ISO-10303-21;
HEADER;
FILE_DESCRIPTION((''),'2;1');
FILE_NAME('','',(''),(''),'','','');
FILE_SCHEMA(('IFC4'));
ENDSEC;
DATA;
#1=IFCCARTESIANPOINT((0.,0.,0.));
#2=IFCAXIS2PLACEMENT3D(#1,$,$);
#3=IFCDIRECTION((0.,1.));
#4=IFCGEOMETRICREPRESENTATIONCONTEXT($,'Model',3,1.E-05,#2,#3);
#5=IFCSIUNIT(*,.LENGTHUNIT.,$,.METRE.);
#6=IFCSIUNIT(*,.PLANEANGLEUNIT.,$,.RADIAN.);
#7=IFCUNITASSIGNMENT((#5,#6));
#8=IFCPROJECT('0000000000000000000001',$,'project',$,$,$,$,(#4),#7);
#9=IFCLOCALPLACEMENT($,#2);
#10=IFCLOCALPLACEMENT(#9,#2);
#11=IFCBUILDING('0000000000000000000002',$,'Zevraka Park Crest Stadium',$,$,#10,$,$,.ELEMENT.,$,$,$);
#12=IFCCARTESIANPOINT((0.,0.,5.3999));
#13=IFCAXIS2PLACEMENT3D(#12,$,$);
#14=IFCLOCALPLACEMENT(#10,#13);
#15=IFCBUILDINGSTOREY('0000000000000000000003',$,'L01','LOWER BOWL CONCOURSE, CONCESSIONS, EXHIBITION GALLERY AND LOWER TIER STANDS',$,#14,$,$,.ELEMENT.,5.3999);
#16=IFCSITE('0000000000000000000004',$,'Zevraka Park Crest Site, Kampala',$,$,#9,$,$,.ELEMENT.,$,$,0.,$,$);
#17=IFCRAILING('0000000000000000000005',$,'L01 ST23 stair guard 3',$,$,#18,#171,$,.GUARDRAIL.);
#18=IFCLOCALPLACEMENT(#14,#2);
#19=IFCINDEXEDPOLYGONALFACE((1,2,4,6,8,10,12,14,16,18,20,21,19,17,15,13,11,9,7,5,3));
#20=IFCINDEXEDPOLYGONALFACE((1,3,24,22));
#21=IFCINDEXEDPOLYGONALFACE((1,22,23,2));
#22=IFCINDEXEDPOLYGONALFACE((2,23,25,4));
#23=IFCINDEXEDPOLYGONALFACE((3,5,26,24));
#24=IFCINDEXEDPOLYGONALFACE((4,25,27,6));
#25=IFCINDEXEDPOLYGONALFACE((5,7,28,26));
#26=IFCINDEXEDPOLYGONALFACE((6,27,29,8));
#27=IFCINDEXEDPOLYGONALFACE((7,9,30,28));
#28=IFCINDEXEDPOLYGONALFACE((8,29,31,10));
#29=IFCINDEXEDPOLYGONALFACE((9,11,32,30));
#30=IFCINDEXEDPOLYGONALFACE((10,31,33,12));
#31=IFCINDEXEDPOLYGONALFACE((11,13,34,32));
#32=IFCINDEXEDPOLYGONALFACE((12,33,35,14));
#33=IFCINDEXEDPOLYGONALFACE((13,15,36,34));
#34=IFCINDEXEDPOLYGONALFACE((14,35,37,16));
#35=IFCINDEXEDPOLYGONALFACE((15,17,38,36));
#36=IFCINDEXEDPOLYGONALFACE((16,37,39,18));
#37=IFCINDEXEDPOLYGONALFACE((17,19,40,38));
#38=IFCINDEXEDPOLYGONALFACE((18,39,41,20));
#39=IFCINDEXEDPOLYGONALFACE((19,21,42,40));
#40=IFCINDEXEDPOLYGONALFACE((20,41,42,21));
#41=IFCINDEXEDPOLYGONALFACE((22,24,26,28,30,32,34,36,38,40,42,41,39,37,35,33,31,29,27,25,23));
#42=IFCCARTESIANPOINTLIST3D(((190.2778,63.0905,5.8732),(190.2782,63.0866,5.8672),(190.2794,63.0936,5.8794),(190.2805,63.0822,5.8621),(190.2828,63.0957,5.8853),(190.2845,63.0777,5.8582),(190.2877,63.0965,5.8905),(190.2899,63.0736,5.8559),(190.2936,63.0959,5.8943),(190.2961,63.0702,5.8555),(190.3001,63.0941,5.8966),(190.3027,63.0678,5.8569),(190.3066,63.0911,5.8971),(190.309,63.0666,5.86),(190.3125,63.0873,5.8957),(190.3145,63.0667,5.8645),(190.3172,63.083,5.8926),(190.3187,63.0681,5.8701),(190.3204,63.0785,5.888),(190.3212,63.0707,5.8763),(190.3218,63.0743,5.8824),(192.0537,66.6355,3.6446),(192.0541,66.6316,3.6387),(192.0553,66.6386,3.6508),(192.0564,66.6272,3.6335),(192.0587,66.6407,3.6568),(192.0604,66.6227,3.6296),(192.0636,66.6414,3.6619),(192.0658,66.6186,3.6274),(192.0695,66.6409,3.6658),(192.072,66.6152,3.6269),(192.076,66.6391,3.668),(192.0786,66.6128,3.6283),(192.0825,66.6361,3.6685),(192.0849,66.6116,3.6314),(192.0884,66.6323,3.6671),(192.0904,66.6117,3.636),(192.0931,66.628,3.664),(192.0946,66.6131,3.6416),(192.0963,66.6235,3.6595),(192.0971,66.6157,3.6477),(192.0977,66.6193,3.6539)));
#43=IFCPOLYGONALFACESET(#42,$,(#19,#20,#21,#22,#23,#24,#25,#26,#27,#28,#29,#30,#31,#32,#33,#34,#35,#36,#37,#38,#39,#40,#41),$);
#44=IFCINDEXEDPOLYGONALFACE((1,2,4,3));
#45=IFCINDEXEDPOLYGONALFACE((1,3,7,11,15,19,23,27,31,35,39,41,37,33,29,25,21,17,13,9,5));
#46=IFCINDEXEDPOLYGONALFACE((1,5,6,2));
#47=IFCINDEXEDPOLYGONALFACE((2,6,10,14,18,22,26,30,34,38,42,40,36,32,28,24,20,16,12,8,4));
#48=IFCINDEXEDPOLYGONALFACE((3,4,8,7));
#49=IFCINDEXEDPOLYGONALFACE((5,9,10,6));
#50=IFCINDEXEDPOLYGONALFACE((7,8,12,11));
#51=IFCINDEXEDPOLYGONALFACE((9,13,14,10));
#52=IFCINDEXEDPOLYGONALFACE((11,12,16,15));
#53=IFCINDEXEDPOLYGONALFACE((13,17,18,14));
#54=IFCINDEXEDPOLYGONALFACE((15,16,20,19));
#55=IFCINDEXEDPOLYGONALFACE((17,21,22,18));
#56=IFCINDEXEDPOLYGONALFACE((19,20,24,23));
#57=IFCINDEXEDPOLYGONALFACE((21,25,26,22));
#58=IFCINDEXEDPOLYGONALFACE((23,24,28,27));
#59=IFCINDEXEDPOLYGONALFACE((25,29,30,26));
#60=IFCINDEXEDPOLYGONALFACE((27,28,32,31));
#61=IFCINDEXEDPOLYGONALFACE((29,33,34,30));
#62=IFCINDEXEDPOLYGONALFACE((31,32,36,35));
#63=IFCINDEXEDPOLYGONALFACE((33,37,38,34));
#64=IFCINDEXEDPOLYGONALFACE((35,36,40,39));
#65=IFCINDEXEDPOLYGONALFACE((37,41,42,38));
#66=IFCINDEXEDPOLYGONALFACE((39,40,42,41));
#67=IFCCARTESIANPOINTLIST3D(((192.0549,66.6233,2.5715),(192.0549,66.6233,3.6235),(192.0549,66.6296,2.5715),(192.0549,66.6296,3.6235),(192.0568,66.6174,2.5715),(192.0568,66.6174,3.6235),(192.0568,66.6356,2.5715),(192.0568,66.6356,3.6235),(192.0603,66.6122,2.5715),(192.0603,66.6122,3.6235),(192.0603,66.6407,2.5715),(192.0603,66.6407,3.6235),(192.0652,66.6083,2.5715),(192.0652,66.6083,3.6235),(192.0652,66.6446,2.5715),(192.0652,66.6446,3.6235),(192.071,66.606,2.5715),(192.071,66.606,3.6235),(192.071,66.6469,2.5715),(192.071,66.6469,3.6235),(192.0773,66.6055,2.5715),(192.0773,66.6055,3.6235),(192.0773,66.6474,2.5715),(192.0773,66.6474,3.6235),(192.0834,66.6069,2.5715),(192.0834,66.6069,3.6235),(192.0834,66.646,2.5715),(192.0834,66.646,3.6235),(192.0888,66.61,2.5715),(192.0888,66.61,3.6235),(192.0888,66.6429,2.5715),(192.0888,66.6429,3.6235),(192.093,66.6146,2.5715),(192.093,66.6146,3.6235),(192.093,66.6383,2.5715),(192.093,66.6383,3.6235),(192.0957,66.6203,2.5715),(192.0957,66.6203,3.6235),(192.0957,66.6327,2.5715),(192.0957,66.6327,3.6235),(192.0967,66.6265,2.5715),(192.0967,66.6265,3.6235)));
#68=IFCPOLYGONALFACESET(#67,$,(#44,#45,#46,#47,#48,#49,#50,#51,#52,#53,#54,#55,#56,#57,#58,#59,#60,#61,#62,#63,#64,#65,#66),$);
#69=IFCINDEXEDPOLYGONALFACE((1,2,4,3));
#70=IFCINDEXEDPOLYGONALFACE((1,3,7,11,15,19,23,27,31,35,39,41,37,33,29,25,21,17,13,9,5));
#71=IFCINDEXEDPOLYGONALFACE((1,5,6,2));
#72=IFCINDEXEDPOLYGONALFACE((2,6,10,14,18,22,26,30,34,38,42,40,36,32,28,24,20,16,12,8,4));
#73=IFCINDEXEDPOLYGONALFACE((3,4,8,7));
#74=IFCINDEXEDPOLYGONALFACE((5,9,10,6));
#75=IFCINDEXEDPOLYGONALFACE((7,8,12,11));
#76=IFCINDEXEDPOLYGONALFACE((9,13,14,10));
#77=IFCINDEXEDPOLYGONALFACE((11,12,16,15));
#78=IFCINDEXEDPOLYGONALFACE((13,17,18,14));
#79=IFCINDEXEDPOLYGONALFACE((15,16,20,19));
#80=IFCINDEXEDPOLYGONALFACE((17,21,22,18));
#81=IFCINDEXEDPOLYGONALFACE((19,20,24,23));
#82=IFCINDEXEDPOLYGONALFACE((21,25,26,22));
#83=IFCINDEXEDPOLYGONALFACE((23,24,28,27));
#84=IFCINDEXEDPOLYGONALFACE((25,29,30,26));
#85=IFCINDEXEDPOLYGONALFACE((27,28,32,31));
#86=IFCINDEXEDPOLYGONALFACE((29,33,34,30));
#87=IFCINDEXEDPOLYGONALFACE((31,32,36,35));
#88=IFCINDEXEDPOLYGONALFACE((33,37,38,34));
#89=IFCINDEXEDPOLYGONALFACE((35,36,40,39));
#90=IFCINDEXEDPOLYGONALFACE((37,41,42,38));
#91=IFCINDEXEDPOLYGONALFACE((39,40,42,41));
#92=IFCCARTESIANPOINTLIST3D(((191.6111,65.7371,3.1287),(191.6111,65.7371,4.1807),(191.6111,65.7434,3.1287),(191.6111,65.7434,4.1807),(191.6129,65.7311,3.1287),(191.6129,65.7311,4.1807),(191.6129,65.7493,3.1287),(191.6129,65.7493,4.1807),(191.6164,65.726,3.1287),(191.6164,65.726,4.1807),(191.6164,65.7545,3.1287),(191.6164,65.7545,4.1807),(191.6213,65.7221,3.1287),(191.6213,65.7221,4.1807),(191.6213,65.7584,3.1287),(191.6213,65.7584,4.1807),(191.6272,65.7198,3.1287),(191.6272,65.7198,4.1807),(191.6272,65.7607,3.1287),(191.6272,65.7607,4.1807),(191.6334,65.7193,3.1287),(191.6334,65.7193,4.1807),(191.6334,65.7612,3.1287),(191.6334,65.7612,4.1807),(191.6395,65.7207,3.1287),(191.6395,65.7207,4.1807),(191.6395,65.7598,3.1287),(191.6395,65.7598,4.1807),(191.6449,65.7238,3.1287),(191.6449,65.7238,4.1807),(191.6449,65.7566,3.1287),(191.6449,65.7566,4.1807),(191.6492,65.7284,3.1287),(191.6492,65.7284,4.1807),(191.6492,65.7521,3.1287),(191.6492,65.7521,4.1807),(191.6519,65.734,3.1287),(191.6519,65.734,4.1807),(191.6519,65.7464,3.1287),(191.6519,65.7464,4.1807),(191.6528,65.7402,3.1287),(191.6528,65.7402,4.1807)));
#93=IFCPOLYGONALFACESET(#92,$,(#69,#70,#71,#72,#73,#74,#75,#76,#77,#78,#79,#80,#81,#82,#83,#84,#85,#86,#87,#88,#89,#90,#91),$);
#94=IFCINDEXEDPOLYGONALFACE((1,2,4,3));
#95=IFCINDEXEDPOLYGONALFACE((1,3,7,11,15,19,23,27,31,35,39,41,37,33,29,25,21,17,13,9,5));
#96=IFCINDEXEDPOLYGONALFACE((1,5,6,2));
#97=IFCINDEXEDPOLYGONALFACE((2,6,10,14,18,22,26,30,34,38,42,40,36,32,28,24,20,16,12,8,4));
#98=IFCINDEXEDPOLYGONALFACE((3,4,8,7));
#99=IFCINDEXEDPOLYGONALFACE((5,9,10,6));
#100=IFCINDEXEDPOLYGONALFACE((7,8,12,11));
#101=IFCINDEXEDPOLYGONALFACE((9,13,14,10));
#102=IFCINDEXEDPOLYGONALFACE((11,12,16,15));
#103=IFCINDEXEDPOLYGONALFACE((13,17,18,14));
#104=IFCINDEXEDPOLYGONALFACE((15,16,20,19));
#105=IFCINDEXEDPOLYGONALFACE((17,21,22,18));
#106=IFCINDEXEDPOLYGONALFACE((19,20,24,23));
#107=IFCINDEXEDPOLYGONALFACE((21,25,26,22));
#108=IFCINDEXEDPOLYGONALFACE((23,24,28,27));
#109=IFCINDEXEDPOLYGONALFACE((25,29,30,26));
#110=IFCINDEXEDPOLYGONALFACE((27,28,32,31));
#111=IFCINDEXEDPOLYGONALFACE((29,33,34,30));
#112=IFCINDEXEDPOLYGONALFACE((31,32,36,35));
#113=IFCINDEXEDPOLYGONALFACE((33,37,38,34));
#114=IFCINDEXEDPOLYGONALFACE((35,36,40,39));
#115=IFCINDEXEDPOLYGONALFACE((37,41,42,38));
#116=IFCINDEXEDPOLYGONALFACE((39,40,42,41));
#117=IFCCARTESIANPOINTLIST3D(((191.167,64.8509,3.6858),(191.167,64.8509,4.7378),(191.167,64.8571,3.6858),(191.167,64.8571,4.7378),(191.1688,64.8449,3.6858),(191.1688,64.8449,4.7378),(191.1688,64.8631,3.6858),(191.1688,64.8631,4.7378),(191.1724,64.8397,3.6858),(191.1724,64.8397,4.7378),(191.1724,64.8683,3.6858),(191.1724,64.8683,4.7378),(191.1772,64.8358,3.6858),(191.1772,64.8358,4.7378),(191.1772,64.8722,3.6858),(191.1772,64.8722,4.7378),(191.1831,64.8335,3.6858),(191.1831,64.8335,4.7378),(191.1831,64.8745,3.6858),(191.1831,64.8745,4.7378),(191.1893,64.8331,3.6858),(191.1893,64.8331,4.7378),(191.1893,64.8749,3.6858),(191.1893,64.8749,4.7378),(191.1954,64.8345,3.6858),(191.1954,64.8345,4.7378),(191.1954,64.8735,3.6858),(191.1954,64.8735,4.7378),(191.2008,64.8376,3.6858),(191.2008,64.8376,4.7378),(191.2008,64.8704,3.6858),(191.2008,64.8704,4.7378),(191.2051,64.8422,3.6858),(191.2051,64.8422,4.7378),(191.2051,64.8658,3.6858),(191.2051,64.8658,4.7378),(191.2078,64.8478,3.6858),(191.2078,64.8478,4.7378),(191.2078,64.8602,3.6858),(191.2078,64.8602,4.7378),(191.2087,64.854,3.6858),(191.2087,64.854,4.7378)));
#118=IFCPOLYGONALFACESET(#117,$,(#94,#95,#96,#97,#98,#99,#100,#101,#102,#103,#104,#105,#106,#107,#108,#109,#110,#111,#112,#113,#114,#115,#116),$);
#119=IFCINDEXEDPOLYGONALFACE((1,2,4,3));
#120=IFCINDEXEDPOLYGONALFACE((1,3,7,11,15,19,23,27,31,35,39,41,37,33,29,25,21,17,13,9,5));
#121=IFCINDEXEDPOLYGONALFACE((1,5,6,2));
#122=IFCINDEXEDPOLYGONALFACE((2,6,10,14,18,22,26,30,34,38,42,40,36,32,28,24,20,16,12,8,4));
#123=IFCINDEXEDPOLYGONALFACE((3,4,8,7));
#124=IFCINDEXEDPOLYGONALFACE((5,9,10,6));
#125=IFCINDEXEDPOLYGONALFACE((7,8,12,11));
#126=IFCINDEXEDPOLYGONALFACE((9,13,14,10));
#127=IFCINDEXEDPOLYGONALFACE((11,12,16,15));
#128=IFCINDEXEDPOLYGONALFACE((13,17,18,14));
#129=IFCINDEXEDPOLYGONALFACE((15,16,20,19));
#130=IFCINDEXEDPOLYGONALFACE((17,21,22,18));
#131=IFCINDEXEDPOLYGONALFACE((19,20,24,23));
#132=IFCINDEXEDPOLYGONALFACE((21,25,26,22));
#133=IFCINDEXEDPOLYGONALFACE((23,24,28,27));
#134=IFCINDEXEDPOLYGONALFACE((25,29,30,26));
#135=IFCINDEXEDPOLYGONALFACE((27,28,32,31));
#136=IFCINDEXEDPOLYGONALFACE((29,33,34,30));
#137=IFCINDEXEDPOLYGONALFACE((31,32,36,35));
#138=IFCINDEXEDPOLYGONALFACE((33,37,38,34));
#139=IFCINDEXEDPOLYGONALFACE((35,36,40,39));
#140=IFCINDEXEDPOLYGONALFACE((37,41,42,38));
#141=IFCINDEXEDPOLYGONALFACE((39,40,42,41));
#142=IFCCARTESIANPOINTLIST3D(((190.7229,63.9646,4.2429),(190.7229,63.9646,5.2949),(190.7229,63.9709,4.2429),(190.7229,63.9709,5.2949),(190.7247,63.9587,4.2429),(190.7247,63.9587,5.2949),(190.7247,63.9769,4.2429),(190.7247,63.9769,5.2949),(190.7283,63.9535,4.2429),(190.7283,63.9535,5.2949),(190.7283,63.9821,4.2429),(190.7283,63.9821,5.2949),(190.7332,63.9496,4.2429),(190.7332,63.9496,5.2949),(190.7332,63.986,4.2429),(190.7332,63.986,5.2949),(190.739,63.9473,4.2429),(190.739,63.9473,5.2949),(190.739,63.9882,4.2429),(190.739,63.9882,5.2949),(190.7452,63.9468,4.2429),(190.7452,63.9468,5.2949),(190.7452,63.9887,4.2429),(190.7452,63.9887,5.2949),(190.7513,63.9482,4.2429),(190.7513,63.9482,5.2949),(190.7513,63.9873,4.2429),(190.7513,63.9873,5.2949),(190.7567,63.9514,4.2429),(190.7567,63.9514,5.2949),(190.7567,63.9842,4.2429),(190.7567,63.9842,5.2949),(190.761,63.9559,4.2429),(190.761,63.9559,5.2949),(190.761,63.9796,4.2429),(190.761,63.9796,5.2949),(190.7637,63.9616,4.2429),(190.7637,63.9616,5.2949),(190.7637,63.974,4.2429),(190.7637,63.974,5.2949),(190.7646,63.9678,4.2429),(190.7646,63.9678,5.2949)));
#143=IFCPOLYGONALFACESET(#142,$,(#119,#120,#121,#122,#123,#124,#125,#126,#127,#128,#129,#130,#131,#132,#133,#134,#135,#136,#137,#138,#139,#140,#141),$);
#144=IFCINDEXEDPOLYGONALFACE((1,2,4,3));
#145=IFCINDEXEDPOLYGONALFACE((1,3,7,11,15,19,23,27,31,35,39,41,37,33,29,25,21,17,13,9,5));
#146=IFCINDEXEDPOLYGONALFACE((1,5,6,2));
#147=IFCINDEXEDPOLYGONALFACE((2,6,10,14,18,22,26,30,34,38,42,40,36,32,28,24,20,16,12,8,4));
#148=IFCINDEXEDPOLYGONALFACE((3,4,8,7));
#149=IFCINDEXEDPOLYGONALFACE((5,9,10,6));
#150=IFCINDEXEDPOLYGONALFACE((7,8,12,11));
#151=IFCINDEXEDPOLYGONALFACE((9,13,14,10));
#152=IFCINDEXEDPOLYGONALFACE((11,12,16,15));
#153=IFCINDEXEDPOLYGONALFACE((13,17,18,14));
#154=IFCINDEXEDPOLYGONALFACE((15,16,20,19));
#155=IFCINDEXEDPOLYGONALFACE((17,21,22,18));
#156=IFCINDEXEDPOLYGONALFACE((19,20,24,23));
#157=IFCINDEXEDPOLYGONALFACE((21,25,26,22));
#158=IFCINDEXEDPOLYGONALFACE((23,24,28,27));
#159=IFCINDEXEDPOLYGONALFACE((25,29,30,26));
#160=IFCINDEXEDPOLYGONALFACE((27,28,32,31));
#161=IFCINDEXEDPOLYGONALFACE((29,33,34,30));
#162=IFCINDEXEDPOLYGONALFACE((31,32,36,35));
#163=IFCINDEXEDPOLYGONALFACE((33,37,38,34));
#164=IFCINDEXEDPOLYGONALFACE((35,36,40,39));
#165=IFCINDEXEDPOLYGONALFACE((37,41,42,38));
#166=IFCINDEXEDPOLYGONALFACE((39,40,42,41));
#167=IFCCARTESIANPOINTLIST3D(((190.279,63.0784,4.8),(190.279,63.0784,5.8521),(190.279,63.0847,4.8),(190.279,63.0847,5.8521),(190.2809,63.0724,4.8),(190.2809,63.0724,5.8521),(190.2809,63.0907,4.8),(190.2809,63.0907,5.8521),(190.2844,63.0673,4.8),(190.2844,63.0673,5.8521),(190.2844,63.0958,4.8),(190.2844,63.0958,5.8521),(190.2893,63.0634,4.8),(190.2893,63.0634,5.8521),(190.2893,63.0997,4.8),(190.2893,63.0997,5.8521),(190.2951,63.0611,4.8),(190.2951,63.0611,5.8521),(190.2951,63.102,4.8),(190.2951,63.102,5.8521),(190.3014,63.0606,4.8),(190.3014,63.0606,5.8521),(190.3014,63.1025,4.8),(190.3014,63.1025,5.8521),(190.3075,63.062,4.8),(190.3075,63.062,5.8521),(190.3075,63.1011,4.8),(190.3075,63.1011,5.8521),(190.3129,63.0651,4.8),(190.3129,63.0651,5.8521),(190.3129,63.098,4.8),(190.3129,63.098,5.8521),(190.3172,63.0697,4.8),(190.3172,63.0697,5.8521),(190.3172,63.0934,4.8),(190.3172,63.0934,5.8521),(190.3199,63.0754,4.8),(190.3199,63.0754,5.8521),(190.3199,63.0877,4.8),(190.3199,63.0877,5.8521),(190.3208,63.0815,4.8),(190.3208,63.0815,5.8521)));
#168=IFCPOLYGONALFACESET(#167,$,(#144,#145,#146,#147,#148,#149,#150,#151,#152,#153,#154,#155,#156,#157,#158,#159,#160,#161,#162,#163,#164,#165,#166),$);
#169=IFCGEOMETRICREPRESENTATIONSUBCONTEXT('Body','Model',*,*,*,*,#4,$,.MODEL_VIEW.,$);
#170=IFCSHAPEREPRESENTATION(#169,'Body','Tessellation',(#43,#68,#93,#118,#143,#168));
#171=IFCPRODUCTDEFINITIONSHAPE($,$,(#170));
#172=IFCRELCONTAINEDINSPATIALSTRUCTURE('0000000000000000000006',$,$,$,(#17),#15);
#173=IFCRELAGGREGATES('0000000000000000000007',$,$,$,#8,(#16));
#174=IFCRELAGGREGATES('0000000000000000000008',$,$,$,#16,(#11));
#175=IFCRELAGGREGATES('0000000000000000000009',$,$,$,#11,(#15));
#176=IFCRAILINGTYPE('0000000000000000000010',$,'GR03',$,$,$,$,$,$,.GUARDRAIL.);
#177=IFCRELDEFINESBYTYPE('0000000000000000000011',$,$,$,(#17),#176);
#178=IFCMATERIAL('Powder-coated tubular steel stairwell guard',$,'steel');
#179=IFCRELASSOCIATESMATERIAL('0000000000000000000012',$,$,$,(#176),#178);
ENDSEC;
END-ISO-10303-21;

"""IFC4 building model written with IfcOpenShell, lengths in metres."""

from ifc_helpers import new_model, si_unit, direction, frame, origin, origin_2d, place, context, subcontext, project, spatial, circle, extrude, material, type_object, element, save


model = new_model("IFC4")

# Units and contexts
model_context = context("Model", 3, precision=1e-05, world=origin(), true_north=direction((0.0, 1.0)))
body_context = subcontext(model_context, "Body", "Model", "MODEL_VIEW")
ifc_project = project(units=[si_unit("LENGTHUNIT", "METRE"), si_unit("PLANEANGLEUNIT", "RADIAN")], contexts=[model_context])

# Site, building, storey
site_placement = place(None, origin())
site = spatial("IfcSite", under=ifc_project, at=site_placement, Name="Zevraka Park Crest Site, Kampala", CompositionType="ELEMENT", RefElevation=0.0)
building_placement = place(site_placement, origin())
building = spatial("IfcBuilding", under=site, at=building_placement, Name="Zevraka Park Crest Stadium", CompositionType="ELEMENT")
storey_placement = place(building_placement, frame((0.0, 0.0, 5.3999)))
storey = spatial("IfcBuildingStorey", under=building, at=storey_placement, Name="L01", Description="LOWER BOWL CONCOURSE, CONCESSIONS, EXHIBITION GALLERY AND LOWER TIER STANDS", CompositionType="ELEMENT", Elevation=5.3999)

# Railing
ifc_material_1 = material(Name="Powder-coated tubular steel stairwell guard", Category="steel")
railing_type_1 = type_object("IfcRailingType", Name="GR03", PredefinedType="GUARDRAIL", material=ifc_material_1)
railing_1_placement = place(storey_placement, frame((192.0757, 66.6265, 2.5715)))
element("IfcRailing", 1, at=railing_1_placement, inside=storey, type_object=railing_type_1, Name="L01 ST23 stair guard 3", PredefinedType="GUARDRAIL", context=body_context, shape_type="SweptSolid", body=[
    extrude(circle(Radius=0.0239, at=origin_2d()), frame((0.0, 0.0, 1.0762), z_axis=(-0.390454, -0.779405, 0.489973), x_axis=(0.894082, -0.447903, 0.0)), (0.0, 0.0, 1.0), 4.5483),
    extrude(circle(Radius=0.021, at=origin_2d()), origin(), (0.0, 0.0, 1.0), 1.052),
    extrude(circle(Radius=0.021, at=origin_2d()), frame((-0.4438, -0.8862, 0.5571)), (0.0, 0.0, 1.0), 1.052),
    extrude(circle(Radius=0.021, at=origin_2d()), frame((-0.8879, -1.7725, 1.1143)), (0.0, 0.0, 1.0), 1.052),
    extrude(circle(Radius=0.021, at=origin_2d()), frame((-1.332, -2.6587, 1.6714)), (0.0, 0.0, 1.0), 1.052),
    extrude(circle(Radius=0.021, at=origin_2d()), frame((-1.7759, -3.5449, 2.2285)), (0.0, 0.0, 1.0), 1.052),
])

save(model, "model.ifc")
